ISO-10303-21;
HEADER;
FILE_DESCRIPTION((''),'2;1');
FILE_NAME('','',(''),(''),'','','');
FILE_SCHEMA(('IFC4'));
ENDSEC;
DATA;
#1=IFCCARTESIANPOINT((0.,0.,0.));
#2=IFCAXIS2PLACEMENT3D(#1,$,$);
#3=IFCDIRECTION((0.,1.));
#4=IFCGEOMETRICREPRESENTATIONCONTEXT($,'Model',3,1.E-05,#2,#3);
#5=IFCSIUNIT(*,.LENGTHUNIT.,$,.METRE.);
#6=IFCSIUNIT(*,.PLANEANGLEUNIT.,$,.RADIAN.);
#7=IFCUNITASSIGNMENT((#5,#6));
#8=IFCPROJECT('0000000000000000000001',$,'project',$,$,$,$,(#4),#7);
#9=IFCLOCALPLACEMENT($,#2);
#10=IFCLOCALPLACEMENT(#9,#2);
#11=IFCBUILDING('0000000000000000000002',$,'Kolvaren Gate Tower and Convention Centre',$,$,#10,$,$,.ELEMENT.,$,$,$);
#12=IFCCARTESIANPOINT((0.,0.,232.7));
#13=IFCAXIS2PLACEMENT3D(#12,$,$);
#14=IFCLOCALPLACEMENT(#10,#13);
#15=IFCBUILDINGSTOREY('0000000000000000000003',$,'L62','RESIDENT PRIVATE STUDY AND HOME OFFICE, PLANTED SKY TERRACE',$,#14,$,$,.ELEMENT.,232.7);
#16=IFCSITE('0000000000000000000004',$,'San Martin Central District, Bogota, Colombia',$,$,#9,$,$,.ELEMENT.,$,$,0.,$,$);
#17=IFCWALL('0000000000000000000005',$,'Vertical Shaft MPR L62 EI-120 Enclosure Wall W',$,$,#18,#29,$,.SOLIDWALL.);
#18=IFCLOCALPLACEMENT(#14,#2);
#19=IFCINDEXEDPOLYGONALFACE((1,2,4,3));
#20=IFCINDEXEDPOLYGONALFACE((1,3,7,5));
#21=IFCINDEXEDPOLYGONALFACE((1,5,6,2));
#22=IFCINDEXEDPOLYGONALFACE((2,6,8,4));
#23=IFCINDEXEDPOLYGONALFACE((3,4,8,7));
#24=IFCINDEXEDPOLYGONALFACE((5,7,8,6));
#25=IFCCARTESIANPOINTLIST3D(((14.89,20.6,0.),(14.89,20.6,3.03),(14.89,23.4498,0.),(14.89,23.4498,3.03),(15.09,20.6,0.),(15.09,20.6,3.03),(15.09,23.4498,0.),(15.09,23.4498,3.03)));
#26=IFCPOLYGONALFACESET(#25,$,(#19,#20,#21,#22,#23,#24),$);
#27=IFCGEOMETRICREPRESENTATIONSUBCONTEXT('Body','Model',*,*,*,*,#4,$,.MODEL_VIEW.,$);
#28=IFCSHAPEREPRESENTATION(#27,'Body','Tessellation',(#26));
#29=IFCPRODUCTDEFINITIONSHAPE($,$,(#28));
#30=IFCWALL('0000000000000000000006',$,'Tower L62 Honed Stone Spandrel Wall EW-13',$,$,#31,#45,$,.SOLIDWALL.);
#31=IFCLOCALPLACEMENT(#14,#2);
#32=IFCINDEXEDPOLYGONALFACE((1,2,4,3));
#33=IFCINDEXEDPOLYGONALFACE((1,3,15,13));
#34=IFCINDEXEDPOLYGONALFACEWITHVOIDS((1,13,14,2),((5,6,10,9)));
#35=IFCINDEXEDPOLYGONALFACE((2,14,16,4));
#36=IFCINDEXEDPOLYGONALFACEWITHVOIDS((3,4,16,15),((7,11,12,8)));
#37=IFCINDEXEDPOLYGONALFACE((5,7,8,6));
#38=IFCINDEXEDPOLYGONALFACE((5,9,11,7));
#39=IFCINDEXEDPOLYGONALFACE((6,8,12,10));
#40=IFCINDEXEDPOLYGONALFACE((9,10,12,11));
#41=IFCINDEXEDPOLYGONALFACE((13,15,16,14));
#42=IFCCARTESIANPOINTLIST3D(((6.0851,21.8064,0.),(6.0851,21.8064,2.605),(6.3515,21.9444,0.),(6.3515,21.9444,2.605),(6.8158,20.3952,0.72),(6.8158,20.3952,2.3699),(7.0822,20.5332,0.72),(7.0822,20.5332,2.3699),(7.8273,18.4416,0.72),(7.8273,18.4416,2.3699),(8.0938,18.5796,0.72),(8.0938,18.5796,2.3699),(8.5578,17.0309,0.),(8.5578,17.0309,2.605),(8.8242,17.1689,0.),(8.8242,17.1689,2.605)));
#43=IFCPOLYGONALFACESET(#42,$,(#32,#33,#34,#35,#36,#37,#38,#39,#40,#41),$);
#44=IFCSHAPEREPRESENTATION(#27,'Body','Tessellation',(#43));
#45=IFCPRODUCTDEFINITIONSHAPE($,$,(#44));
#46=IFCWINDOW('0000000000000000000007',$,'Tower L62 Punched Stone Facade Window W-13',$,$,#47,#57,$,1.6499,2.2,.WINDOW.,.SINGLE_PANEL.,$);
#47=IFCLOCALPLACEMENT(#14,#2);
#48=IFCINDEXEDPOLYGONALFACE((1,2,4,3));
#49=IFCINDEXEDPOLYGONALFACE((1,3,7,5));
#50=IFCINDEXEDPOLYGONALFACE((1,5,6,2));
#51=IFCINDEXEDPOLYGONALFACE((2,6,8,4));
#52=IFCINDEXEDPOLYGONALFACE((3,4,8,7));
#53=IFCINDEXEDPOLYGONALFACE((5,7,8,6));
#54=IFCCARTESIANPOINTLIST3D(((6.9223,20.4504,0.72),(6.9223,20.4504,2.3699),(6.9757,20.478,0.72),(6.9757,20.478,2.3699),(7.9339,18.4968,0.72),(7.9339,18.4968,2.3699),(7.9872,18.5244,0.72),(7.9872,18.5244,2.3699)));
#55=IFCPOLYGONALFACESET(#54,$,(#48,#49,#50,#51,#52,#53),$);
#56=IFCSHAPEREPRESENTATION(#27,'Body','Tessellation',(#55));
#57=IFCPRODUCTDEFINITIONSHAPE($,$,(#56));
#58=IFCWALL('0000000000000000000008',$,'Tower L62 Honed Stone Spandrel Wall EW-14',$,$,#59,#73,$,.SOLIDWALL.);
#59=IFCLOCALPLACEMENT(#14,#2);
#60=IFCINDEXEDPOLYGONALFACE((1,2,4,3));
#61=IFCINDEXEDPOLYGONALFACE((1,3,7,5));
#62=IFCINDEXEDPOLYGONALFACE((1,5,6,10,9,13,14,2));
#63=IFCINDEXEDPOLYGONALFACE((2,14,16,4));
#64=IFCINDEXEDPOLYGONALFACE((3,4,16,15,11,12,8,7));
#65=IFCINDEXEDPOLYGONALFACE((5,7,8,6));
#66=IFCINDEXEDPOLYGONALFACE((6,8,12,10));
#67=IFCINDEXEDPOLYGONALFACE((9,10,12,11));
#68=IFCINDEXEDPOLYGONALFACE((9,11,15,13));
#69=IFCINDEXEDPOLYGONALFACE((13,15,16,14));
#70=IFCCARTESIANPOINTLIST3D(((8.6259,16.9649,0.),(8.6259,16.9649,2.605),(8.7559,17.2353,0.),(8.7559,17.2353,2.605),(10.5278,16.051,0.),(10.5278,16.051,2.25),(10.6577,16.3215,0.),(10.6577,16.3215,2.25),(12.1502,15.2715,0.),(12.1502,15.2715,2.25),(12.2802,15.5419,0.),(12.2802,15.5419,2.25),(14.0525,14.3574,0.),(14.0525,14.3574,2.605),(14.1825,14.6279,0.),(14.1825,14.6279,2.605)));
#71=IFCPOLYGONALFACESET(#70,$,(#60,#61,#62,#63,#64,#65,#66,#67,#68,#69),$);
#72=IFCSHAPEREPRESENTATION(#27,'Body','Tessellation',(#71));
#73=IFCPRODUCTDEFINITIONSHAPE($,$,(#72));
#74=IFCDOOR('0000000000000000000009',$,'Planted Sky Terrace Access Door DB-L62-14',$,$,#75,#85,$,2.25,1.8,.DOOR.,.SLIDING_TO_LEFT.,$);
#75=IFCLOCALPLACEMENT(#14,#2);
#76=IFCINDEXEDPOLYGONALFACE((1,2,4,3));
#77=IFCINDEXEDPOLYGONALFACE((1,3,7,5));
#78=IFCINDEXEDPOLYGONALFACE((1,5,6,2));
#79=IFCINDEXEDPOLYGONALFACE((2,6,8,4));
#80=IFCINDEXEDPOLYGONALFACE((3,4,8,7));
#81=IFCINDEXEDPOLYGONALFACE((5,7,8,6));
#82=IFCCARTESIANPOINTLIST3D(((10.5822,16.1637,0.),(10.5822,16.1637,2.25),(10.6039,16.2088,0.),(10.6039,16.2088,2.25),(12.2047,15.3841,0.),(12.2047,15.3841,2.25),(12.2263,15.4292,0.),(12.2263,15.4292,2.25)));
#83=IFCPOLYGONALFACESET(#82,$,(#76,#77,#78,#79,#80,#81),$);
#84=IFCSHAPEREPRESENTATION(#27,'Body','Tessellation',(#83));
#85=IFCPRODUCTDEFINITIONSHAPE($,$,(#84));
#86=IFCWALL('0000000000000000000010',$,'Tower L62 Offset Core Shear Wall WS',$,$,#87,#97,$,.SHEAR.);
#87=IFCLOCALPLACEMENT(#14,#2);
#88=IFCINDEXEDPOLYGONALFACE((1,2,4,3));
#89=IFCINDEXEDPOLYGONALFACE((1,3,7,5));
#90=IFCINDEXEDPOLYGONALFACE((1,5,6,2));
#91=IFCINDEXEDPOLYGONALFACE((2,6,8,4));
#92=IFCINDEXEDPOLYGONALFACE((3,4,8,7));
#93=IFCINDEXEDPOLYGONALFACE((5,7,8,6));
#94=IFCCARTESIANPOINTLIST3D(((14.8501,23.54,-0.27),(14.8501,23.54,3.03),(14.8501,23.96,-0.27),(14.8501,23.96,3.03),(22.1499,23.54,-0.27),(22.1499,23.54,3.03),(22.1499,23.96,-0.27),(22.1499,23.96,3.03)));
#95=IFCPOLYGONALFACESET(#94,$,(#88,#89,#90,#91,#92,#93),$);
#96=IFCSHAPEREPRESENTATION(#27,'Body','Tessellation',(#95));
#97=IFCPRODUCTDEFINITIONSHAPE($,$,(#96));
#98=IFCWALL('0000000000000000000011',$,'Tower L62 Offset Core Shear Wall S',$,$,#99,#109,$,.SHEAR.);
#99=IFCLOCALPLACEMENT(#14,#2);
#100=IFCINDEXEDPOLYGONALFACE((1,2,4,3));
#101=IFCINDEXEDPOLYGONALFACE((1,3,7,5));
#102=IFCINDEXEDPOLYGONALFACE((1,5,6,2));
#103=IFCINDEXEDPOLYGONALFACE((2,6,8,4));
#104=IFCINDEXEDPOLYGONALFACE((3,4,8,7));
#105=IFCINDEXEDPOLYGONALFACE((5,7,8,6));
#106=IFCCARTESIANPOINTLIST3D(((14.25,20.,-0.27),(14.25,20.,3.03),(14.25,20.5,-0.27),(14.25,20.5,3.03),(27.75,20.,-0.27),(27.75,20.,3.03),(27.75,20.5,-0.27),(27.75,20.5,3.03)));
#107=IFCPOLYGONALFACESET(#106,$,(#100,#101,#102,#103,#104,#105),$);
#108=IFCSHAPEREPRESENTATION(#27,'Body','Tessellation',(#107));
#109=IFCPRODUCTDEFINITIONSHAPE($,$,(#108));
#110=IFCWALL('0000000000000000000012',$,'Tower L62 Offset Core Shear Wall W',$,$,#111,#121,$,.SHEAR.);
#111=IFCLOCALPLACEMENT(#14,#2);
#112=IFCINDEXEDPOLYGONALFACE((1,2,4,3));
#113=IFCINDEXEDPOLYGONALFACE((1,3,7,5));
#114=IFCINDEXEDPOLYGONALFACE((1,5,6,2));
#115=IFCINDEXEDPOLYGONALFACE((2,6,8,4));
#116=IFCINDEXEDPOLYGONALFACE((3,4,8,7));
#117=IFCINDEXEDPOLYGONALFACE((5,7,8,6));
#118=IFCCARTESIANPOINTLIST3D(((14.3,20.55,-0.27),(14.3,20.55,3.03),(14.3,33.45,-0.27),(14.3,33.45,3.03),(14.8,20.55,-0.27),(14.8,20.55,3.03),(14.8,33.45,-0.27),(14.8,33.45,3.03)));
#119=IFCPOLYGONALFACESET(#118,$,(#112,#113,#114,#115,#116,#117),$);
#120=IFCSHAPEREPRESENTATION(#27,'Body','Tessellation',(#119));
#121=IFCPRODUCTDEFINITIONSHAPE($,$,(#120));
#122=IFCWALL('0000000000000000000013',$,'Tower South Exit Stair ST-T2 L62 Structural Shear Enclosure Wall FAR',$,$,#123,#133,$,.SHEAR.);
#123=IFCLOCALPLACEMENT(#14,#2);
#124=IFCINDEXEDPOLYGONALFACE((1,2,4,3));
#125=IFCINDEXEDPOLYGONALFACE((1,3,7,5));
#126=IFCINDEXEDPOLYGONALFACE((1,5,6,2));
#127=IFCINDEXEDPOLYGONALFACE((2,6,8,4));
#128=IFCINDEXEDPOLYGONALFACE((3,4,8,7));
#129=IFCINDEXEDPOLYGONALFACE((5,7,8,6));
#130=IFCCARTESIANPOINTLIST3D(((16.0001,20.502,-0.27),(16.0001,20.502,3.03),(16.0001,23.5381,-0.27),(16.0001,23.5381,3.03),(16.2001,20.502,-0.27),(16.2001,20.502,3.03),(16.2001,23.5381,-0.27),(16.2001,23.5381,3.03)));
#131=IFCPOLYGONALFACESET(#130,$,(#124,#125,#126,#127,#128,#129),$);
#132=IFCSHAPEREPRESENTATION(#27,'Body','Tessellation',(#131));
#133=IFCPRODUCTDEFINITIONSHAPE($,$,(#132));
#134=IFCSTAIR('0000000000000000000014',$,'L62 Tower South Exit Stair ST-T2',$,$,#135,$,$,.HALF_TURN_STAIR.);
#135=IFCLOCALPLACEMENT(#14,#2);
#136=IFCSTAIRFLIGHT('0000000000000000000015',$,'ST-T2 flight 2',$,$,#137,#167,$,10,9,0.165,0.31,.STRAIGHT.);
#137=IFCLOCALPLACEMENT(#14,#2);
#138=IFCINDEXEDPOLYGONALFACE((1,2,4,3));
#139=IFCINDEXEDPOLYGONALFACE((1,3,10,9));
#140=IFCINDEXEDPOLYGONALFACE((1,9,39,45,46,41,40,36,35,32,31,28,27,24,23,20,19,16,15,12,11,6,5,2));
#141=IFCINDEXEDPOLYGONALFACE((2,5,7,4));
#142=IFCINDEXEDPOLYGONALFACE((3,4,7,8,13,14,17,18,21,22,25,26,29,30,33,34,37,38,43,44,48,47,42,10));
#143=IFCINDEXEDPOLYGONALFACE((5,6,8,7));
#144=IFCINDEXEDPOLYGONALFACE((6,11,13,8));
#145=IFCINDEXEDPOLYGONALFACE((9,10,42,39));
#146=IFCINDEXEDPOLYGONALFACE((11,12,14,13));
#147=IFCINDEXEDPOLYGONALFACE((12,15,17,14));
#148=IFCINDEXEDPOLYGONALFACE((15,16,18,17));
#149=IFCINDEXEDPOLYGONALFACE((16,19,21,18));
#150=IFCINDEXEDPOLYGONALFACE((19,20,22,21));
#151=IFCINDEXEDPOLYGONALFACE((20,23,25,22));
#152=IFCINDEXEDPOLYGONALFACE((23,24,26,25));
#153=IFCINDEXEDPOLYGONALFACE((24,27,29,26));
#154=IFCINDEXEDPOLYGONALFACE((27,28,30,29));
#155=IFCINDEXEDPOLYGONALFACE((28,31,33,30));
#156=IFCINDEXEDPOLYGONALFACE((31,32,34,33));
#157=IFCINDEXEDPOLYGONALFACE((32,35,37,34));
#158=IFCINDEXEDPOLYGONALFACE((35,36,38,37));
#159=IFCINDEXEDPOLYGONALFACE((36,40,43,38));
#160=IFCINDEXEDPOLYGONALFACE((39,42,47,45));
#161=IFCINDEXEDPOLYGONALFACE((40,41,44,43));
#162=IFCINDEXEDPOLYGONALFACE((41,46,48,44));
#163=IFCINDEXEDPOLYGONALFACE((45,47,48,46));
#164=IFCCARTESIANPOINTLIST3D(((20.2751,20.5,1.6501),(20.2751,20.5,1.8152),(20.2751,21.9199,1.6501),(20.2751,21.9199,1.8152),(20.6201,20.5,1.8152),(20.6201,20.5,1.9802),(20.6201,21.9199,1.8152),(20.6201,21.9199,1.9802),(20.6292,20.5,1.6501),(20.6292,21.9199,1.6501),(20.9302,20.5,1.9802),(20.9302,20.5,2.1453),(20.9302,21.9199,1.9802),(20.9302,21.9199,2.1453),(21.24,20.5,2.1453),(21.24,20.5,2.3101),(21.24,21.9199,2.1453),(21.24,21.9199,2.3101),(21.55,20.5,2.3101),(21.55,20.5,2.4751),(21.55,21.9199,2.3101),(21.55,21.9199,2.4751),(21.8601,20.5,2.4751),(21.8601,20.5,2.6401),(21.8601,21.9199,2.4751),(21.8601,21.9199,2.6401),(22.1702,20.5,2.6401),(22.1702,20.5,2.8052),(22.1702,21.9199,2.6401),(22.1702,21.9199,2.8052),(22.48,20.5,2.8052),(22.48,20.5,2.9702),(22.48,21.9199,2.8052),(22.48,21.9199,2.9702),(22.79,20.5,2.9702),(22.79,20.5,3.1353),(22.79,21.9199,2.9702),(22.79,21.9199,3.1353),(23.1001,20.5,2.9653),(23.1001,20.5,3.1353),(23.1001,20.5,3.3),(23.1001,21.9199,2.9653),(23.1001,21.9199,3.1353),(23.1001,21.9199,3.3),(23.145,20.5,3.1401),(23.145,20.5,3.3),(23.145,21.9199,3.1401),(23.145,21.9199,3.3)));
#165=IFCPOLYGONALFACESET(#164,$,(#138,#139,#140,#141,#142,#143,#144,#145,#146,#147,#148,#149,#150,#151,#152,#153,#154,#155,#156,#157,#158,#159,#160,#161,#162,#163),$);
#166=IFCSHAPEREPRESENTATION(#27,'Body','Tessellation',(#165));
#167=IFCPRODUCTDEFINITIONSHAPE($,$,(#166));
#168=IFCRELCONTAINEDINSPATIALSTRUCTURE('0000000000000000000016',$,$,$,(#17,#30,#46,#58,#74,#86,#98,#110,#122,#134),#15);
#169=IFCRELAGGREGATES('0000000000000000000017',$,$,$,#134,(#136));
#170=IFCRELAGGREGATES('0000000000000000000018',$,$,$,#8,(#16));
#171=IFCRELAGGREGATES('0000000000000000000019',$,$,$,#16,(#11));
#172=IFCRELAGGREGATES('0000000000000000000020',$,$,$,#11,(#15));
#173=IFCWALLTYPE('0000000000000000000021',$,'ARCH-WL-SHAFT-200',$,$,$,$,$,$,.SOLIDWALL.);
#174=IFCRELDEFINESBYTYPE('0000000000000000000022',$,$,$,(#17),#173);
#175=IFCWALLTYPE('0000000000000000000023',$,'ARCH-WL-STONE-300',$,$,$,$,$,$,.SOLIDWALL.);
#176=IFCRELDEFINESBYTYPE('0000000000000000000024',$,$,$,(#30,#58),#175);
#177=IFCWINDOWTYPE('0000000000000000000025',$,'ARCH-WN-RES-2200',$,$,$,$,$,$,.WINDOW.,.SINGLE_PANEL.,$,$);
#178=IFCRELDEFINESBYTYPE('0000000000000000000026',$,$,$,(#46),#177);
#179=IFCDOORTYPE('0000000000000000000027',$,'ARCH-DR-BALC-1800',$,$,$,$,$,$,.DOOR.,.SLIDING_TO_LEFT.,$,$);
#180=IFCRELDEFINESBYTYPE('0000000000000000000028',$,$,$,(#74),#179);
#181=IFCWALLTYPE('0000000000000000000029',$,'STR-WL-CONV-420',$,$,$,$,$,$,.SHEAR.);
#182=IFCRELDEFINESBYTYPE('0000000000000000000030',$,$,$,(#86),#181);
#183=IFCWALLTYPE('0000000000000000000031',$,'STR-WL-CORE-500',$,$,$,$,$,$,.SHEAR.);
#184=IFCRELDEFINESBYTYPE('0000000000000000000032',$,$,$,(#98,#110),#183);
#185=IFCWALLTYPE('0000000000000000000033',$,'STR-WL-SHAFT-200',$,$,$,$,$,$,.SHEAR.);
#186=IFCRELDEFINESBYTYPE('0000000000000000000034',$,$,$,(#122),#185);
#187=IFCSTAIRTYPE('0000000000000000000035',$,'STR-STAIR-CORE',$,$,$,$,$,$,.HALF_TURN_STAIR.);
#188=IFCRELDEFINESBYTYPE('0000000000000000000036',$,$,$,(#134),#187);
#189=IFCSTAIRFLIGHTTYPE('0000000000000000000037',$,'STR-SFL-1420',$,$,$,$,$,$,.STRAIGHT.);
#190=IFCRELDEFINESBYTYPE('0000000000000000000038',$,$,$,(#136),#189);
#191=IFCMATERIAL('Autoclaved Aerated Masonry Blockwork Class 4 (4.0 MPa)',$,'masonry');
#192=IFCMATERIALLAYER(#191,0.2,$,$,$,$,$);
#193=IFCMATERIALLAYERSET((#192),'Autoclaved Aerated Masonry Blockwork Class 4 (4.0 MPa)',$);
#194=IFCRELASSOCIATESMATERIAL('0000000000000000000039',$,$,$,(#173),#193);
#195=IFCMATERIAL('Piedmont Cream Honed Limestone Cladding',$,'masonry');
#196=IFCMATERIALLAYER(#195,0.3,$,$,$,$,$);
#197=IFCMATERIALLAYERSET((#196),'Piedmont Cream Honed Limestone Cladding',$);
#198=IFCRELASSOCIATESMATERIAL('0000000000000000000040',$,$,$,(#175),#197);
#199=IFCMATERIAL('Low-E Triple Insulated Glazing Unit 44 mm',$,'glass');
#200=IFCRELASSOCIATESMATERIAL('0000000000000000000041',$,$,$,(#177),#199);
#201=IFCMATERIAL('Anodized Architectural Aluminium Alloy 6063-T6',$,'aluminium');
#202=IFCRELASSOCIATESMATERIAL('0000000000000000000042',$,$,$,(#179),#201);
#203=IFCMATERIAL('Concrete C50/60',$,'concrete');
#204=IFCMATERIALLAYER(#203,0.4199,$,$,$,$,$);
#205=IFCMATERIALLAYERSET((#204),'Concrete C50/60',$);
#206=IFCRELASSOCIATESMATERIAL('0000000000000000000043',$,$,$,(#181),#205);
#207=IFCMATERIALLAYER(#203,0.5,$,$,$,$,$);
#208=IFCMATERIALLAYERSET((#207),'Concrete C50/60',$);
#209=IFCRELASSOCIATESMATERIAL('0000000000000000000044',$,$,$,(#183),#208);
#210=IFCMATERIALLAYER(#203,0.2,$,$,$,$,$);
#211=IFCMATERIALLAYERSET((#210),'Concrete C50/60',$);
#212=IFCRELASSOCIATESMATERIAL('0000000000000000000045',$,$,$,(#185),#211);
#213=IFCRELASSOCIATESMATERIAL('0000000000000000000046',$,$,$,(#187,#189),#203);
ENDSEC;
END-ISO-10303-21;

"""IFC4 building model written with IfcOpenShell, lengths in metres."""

from ifc_helpers import new_model, si_unit, direction, frame, frame_2d, origin, place, context, subcontext, project, spatial, polyline, rectangle, outline, extrude, material, layer, layer_set, type_object, element, fill, aggregate, save


model = new_model("IFC4")

# Units and contexts
model_context = context("Model", 3, precision=1e-05, world=origin(), true_north=direction((0.0, 1.0)))
body_context = subcontext(model_context, "Body", "Model", "MODEL_VIEW")
ifc_project = project(units=[si_unit("LENGTHUNIT", "METRE"), si_unit("PLANEANGLEUNIT", "RADIAN")], contexts=[model_context])

# Site, building, storey
site_placement = place(None, origin())
site = spatial("IfcSite", under=ifc_project, at=site_placement, Name="San Martin Central District, Bogota, Colombia", CompositionType="ELEMENT", RefElevation=0.0)
building_placement = place(site_placement, origin())
building = spatial("IfcBuilding", under=site, at=building_placement, Name="Kolvaren Gate Tower and Convention Centre", CompositionType="ELEMENT")
storey_placement = place(building_placement, frame((0.0, 0.0, 232.7)))
storey = spatial("IfcBuildingStorey", under=building, at=storey_placement, Name="L62", Description="RESIDENT PRIVATE STUDY AND HOME OFFICE, PLANTED SKY TERRACE", CompositionType="ELEMENT", Elevation=232.7)

# Wall
ifc_material_1 = material(Name="Piedmont Cream Honed Limestone Cladding", Category="masonry")
ifc_material_2 = material(Name="Autoclaved Aerated Masonry Blockwork Class 4 (4.0 MPa)", Category="masonry")
ifc_layer_1 = layer(ifc_material_2, 0.2)
ifc_layer_set_1 = layer_set([ifc_layer_1], Name="Autoclaved Aerated Masonry Blockwork Class 4 (4.0 MPa)")
wall_type_1 = type_object("IfcWallType", Name="ARCH-WL-SHAFT-200", PredefinedType="SOLIDWALL", material=ifc_layer_set_1)
wall_1_placement = place(storey_placement, frame((14.99, 20.6001, 0.0), z_axis=(0.0, 0.0, 1.0), x_axis=(0.0, 1.0, 0.0)))
element("IfcWall", 1, at=wall_1_placement, inside=storey, type_object=wall_type_1, Name="Vertical Shaft MPR L62 EI-120 Enclosure Wall W", PredefinedType="SOLIDWALL", context=body_context, shape_type="SweptSolid", body=[
    extrude(rectangle(XDim=2.8499, YDim=0.2, at=frame_2d((1.4248, 0.0))), origin(), (0.0, 0.0, 1.0), 3.03),
])

# Wall, opening, window
ifc_layer_2 = layer(ifc_material_1, 0.3)
ifc_layer_set_2 = layer_set([ifc_layer_2], Name="Piedmont Cream Honed Limestone Cladding")
wall_type_2 = type_object("IfcWallType", Name="ARCH-WL-STONE-300", PredefinedType="SOLIDWALL", material=ifc_layer_set_2)
wall_2_placement = place(storey_placement, frame((6.2183, 21.8755, 0.0), z_axis=(0.0, 0.0, 1.0), x_axis=(0.459808, -0.888018, 0.0)))
wall_2 = element("IfcWall", 2, at=wall_2_placement, inside=storey, type_object=wall_type_2, Name="Tower L62 Honed Stone Spandrel Wall EW-13", PredefinedType="SOLIDWALL", context=body_context, shape_type="SweptSolid", body=[
    extrude(rectangle(XDim=5.3777, YDim=0.3, at=frame_2d((2.689, 0.0))), origin(), (0.0, 0.0, 1.0), 2.605),
])
opening_1_placement = place(wall_2_placement, frame((1.5891, 0.0, 0.72)))
opening_1 = element("IfcOpeningElement", 3, at=opening_1_placement, cuts=wall_2, PredefinedType="OPENING", context=body_context, shape_type="SweptSolid", body=[
    extrude(rectangle(XDim=2.2, YDim=1.6499, at=frame_2d((1.1001, 0.825))), frame((0.0, 0.1599, 0.0), z_axis=(0.0, -1.0, 0.0), x_axis=(1.0, 0.0, 0.0)), (0.0, 0.0, 1.0), 0.3201),
])
ifc_material_3 = material(Name="Low-E Triple Insulated Glazing Unit 44 mm", Category="glass")
window_type = type_object("IfcWindowType", Name="ARCH-WN-RES-2200", PartitioningType="SINGLE_PANEL", PredefinedType="WINDOW", material=ifc_material_3)
window_placement = place(opening_1_placement, origin())
window = element("IfcWindow", 4, at=window_placement, inside=storey, type_object=window_type, Name="Tower L62 Punched Stone Facade Window W-13", OverallHeight=1.6499, OverallWidth=2.2, PartitioningType="SINGLE_PANEL", PredefinedType="WINDOW", context=body_context, shape_type="SweptSolid", body=[
    extrude(rectangle(XDim=2.2, YDim=1.6499, at=frame_2d((1.1001, 0.825))), frame((0.0, 0.03, 0.0), z_axis=(0.0, -1.0, 0.0), x_axis=(1.0, 0.0, 0.0)), (0.0, 0.0, 1.0), 0.0601),
])
fill(opening_1, window)

# Wall, opening, door
wall_3_placement = place(storey_placement, frame((8.6909, 17.1001, 0.0), z_axis=(0.0, 0.0, 1.0), x_axis=(0.901348, -0.433095, 0.0)))
wall_3 = element("IfcWall", 5, at=wall_3_placement, inside=storey, type_object=wall_type_2, Name="Tower L62 Honed Stone Spandrel Wall EW-14", PredefinedType="SOLIDWALL", context=body_context, shape_type="SweptSolid", body=[
    extrude(rectangle(XDim=6.0205, YDim=0.3, at=frame_2d((3.0103, 0.0))), origin(), (0.0, 0.0, 1.0), 2.605),
])
opening_2_placement = place(wall_3_placement, frame((2.1101, 0.0, 0.0)))
opening_2 = element("IfcOpeningElement", 6, at=opening_2_placement, cuts=wall_3, PredefinedType="OPENING", context=body_context, shape_type="SweptSolid", body=[
    extrude(rectangle(XDim=1.8, YDim=2.25, at=frame_2d((0.8999, 1.125))), frame((0.0, 0.1599, 0.0), z_axis=(0.0, -1.0, 0.0), x_axis=(1.0, 0.0, 0.0)), (0.0, 0.0, 1.0), 0.3201),
])
ifc_material_4 = material(Name="Anodized Architectural Aluminium Alloy 6063-T6", Category="aluminium")
door_type = type_object("IfcDoorType", Name="ARCH-DR-BALC-1800", OperationType="SLIDING_TO_LEFT", PredefinedType="DOOR", material=ifc_material_4)
door_placement = place(opening_2_placement, frame((1.8, 0.0, 0.0), z_axis=(0.0, 0.0, 1.0), x_axis=(-1.0, 0.0, 0.0)))
door = element("IfcDoor", 7, at=door_placement, inside=storey, type_object=door_type, Name="Planted Sky Terrace Access Door DB-L62-14", OperationType="SLIDING_TO_LEFT", OverallHeight=2.25, OverallWidth=1.8, PredefinedType="DOOR", context=body_context, shape_type="SweptSolid", body=[
    extrude(rectangle(XDim=1.8, YDim=2.25, at=frame_2d((0.8999, 1.125))), frame((0.0, 0.0249, 0.0), z_axis=(0.0, -1.0, 0.0), x_axis=(1.0, 0.0, 0.0)), (0.0, 0.0, 1.0), 0.05),
])
fill(opening_2, door)

# Walls
ifc_material_5 = material(Name="Concrete C50/60", Category="concrete")
ifc_layer_3 = layer(ifc_material_5, 0.4199)
ifc_layer_set_3 = layer_set([ifc_layer_3], Name="Concrete C50/60")
wall_type_3 = type_object("IfcWallType", Name="STR-WL-CONV-420", PredefinedType="SHEAR", material=ifc_layer_set_3)
wall_4_placement = place(storey_placement, frame((14.8501, 23.75, -0.27), z_axis=(0.0, 0.0, 1.0), x_axis=(1.0, 0.0, 0.0)))
element("IfcWall", 8, at=wall_4_placement, inside=storey, type_object=wall_type_3, Name="Tower L62 Offset Core Shear Wall WS", PredefinedType="SHEAR", context=body_context, shape_type="SweptSolid", body=[
    extrude(rectangle(XDim=7.2998, YDim=0.4199, at=frame_2d((3.6499, 0.0))), origin(), (0.0, 0.0, 1.0), 3.3),
])
ifc_layer_4 = layer(ifc_material_5, 0.5)
ifc_layer_set_4 = layer_set([ifc_layer_4], Name="Concrete C50/60")
wall_type_4 = type_object("IfcWallType", Name="STR-WL-CORE-500", PredefinedType="SHEAR", material=ifc_layer_set_4)
wall_5_placement = place(storey_placement, frame((14.25, 20.25, -0.27), z_axis=(0.0, 0.0, 1.0), x_axis=(1.0, 0.0, 0.0)))
element("IfcWall", 9, at=wall_5_placement, inside=storey, type_object=wall_type_4, Name="Tower L62 Offset Core Shear Wall S", PredefinedType="SHEAR", context=body_context, shape_type="SweptSolid", body=[
    extrude(rectangle(XDim=13.5, YDim=0.5, at=frame_2d((6.75, 0.0))), origin(), (0.0, 0.0, 1.0), 3.3),
])
wall_6_placement = place(storey_placement, frame((14.55, 20.55, -0.27), z_axis=(0.0, 0.0, 1.0), x_axis=(0.0, 1.0, 0.0)))
element("IfcWall", 10, at=wall_6_placement, inside=storey, type_object=wall_type_4, Name="Tower L62 Offset Core Shear Wall W", PredefinedType="SHEAR", context=body_context, shape_type="SweptSolid", body=[
    extrude(rectangle(XDim=12.8999, YDim=0.5, at=frame_2d((6.45, 0.0))), origin(), (0.0, 0.0, 1.0), 3.3),
])
ifc_layer_5 = layer(ifc_material_5, 0.2)
ifc_layer_set_5 = layer_set([ifc_layer_5], Name="Concrete C50/60")
wall_type_5 = type_object("IfcWallType", Name="STR-WL-SHAFT-200", PredefinedType="SHEAR", material=ifc_layer_set_5)
wall_7_placement = place(storey_placement, frame((16.1001, 20.502, -0.27), z_axis=(0.0, 0.0, 1.0), x_axis=(0.0, 1.0, 0.0)))
element("IfcWall", 11, at=wall_7_placement, inside=storey, type_object=wall_type_5, Name="Tower South Exit Stair ST-T2 L62 Structural Shear Enclosure Wall FAR", PredefinedType="SHEAR", context=body_context, shape_type="SweptSolid", body=[
    extrude(rectangle(XDim=3.0361, YDim=0.2, at=frame_2d((1.5181, 0.0))), origin(), (0.0, 0.0, 1.0), 3.3),
])

# Stair, stair flight
stair_type = type_object("IfcStairType", Name="STR-STAIR-CORE", PredefinedType="HALF_TURN_STAIR", material=ifc_material_5)
stair_placement = place(storey_placement, origin())
stair = element("IfcStair", 12, at=stair_placement, inside=storey, type_object=stair_type, Name="L62 Tower South Exit Stair ST-T2", PredefinedType="HALF_TURN_STAIR")
stair_flight_type = type_object("IfcStairFlightType", Name="STR-SFL-1420", PredefinedType="STRAIGHT", material=ifc_material_5)
stair_flight_placement = place(storey_placement, frame((20.3101, 21.21, 1.6501), z_axis=(0.0, 0.0, 1.0), x_axis=(1.0, 0.0, 0.0)))
stair_flight = element("IfcStairFlight", 13, at=stair_flight_placement, type_object=stair_flight_type, Name="ST-T2 flight 2", NumberOfRisers=10, NumberOfTreads=9, PredefinedType="STRAIGHT", RiserHeight=0.165, TreadLength=0.31, context=body_context, shape_type="SweptSolid", body=[
    extrude(outline(polyline([(-0.0349, 0.0), (-0.0349, 0.165), (0.3101, 0.165), (0.3101, 0.3301), (0.6201, 0.3301), (0.6201, 0.4951), (0.9299, 0.4951), (0.9299, 0.6599), (1.24, 0.6599), (1.24, 0.825), (1.55, 0.825), (1.55, 0.99), (1.8601, 0.99), (1.8601, 1.155), (2.1699, 1.155), (2.1699, 1.3201), (2.48, 1.3201), (2.48, 1.4851), (2.79, 1.4851), (2.79, 1.6499), (2.835, 1.6499), (2.835, 1.49), (2.79, 1.3152), (0.3191, 0.0), (-0.0349, 0.0)])), frame((0.0, 0.71, 0.0), z_axis=(0.0, -1.0, 0.0), x_axis=(1.0, 0.0, 0.0)), (0.0, 0.0, 1.0), 1.4199),
])
aggregate(stair, [stair_flight])

save(model, "model.ifc")
